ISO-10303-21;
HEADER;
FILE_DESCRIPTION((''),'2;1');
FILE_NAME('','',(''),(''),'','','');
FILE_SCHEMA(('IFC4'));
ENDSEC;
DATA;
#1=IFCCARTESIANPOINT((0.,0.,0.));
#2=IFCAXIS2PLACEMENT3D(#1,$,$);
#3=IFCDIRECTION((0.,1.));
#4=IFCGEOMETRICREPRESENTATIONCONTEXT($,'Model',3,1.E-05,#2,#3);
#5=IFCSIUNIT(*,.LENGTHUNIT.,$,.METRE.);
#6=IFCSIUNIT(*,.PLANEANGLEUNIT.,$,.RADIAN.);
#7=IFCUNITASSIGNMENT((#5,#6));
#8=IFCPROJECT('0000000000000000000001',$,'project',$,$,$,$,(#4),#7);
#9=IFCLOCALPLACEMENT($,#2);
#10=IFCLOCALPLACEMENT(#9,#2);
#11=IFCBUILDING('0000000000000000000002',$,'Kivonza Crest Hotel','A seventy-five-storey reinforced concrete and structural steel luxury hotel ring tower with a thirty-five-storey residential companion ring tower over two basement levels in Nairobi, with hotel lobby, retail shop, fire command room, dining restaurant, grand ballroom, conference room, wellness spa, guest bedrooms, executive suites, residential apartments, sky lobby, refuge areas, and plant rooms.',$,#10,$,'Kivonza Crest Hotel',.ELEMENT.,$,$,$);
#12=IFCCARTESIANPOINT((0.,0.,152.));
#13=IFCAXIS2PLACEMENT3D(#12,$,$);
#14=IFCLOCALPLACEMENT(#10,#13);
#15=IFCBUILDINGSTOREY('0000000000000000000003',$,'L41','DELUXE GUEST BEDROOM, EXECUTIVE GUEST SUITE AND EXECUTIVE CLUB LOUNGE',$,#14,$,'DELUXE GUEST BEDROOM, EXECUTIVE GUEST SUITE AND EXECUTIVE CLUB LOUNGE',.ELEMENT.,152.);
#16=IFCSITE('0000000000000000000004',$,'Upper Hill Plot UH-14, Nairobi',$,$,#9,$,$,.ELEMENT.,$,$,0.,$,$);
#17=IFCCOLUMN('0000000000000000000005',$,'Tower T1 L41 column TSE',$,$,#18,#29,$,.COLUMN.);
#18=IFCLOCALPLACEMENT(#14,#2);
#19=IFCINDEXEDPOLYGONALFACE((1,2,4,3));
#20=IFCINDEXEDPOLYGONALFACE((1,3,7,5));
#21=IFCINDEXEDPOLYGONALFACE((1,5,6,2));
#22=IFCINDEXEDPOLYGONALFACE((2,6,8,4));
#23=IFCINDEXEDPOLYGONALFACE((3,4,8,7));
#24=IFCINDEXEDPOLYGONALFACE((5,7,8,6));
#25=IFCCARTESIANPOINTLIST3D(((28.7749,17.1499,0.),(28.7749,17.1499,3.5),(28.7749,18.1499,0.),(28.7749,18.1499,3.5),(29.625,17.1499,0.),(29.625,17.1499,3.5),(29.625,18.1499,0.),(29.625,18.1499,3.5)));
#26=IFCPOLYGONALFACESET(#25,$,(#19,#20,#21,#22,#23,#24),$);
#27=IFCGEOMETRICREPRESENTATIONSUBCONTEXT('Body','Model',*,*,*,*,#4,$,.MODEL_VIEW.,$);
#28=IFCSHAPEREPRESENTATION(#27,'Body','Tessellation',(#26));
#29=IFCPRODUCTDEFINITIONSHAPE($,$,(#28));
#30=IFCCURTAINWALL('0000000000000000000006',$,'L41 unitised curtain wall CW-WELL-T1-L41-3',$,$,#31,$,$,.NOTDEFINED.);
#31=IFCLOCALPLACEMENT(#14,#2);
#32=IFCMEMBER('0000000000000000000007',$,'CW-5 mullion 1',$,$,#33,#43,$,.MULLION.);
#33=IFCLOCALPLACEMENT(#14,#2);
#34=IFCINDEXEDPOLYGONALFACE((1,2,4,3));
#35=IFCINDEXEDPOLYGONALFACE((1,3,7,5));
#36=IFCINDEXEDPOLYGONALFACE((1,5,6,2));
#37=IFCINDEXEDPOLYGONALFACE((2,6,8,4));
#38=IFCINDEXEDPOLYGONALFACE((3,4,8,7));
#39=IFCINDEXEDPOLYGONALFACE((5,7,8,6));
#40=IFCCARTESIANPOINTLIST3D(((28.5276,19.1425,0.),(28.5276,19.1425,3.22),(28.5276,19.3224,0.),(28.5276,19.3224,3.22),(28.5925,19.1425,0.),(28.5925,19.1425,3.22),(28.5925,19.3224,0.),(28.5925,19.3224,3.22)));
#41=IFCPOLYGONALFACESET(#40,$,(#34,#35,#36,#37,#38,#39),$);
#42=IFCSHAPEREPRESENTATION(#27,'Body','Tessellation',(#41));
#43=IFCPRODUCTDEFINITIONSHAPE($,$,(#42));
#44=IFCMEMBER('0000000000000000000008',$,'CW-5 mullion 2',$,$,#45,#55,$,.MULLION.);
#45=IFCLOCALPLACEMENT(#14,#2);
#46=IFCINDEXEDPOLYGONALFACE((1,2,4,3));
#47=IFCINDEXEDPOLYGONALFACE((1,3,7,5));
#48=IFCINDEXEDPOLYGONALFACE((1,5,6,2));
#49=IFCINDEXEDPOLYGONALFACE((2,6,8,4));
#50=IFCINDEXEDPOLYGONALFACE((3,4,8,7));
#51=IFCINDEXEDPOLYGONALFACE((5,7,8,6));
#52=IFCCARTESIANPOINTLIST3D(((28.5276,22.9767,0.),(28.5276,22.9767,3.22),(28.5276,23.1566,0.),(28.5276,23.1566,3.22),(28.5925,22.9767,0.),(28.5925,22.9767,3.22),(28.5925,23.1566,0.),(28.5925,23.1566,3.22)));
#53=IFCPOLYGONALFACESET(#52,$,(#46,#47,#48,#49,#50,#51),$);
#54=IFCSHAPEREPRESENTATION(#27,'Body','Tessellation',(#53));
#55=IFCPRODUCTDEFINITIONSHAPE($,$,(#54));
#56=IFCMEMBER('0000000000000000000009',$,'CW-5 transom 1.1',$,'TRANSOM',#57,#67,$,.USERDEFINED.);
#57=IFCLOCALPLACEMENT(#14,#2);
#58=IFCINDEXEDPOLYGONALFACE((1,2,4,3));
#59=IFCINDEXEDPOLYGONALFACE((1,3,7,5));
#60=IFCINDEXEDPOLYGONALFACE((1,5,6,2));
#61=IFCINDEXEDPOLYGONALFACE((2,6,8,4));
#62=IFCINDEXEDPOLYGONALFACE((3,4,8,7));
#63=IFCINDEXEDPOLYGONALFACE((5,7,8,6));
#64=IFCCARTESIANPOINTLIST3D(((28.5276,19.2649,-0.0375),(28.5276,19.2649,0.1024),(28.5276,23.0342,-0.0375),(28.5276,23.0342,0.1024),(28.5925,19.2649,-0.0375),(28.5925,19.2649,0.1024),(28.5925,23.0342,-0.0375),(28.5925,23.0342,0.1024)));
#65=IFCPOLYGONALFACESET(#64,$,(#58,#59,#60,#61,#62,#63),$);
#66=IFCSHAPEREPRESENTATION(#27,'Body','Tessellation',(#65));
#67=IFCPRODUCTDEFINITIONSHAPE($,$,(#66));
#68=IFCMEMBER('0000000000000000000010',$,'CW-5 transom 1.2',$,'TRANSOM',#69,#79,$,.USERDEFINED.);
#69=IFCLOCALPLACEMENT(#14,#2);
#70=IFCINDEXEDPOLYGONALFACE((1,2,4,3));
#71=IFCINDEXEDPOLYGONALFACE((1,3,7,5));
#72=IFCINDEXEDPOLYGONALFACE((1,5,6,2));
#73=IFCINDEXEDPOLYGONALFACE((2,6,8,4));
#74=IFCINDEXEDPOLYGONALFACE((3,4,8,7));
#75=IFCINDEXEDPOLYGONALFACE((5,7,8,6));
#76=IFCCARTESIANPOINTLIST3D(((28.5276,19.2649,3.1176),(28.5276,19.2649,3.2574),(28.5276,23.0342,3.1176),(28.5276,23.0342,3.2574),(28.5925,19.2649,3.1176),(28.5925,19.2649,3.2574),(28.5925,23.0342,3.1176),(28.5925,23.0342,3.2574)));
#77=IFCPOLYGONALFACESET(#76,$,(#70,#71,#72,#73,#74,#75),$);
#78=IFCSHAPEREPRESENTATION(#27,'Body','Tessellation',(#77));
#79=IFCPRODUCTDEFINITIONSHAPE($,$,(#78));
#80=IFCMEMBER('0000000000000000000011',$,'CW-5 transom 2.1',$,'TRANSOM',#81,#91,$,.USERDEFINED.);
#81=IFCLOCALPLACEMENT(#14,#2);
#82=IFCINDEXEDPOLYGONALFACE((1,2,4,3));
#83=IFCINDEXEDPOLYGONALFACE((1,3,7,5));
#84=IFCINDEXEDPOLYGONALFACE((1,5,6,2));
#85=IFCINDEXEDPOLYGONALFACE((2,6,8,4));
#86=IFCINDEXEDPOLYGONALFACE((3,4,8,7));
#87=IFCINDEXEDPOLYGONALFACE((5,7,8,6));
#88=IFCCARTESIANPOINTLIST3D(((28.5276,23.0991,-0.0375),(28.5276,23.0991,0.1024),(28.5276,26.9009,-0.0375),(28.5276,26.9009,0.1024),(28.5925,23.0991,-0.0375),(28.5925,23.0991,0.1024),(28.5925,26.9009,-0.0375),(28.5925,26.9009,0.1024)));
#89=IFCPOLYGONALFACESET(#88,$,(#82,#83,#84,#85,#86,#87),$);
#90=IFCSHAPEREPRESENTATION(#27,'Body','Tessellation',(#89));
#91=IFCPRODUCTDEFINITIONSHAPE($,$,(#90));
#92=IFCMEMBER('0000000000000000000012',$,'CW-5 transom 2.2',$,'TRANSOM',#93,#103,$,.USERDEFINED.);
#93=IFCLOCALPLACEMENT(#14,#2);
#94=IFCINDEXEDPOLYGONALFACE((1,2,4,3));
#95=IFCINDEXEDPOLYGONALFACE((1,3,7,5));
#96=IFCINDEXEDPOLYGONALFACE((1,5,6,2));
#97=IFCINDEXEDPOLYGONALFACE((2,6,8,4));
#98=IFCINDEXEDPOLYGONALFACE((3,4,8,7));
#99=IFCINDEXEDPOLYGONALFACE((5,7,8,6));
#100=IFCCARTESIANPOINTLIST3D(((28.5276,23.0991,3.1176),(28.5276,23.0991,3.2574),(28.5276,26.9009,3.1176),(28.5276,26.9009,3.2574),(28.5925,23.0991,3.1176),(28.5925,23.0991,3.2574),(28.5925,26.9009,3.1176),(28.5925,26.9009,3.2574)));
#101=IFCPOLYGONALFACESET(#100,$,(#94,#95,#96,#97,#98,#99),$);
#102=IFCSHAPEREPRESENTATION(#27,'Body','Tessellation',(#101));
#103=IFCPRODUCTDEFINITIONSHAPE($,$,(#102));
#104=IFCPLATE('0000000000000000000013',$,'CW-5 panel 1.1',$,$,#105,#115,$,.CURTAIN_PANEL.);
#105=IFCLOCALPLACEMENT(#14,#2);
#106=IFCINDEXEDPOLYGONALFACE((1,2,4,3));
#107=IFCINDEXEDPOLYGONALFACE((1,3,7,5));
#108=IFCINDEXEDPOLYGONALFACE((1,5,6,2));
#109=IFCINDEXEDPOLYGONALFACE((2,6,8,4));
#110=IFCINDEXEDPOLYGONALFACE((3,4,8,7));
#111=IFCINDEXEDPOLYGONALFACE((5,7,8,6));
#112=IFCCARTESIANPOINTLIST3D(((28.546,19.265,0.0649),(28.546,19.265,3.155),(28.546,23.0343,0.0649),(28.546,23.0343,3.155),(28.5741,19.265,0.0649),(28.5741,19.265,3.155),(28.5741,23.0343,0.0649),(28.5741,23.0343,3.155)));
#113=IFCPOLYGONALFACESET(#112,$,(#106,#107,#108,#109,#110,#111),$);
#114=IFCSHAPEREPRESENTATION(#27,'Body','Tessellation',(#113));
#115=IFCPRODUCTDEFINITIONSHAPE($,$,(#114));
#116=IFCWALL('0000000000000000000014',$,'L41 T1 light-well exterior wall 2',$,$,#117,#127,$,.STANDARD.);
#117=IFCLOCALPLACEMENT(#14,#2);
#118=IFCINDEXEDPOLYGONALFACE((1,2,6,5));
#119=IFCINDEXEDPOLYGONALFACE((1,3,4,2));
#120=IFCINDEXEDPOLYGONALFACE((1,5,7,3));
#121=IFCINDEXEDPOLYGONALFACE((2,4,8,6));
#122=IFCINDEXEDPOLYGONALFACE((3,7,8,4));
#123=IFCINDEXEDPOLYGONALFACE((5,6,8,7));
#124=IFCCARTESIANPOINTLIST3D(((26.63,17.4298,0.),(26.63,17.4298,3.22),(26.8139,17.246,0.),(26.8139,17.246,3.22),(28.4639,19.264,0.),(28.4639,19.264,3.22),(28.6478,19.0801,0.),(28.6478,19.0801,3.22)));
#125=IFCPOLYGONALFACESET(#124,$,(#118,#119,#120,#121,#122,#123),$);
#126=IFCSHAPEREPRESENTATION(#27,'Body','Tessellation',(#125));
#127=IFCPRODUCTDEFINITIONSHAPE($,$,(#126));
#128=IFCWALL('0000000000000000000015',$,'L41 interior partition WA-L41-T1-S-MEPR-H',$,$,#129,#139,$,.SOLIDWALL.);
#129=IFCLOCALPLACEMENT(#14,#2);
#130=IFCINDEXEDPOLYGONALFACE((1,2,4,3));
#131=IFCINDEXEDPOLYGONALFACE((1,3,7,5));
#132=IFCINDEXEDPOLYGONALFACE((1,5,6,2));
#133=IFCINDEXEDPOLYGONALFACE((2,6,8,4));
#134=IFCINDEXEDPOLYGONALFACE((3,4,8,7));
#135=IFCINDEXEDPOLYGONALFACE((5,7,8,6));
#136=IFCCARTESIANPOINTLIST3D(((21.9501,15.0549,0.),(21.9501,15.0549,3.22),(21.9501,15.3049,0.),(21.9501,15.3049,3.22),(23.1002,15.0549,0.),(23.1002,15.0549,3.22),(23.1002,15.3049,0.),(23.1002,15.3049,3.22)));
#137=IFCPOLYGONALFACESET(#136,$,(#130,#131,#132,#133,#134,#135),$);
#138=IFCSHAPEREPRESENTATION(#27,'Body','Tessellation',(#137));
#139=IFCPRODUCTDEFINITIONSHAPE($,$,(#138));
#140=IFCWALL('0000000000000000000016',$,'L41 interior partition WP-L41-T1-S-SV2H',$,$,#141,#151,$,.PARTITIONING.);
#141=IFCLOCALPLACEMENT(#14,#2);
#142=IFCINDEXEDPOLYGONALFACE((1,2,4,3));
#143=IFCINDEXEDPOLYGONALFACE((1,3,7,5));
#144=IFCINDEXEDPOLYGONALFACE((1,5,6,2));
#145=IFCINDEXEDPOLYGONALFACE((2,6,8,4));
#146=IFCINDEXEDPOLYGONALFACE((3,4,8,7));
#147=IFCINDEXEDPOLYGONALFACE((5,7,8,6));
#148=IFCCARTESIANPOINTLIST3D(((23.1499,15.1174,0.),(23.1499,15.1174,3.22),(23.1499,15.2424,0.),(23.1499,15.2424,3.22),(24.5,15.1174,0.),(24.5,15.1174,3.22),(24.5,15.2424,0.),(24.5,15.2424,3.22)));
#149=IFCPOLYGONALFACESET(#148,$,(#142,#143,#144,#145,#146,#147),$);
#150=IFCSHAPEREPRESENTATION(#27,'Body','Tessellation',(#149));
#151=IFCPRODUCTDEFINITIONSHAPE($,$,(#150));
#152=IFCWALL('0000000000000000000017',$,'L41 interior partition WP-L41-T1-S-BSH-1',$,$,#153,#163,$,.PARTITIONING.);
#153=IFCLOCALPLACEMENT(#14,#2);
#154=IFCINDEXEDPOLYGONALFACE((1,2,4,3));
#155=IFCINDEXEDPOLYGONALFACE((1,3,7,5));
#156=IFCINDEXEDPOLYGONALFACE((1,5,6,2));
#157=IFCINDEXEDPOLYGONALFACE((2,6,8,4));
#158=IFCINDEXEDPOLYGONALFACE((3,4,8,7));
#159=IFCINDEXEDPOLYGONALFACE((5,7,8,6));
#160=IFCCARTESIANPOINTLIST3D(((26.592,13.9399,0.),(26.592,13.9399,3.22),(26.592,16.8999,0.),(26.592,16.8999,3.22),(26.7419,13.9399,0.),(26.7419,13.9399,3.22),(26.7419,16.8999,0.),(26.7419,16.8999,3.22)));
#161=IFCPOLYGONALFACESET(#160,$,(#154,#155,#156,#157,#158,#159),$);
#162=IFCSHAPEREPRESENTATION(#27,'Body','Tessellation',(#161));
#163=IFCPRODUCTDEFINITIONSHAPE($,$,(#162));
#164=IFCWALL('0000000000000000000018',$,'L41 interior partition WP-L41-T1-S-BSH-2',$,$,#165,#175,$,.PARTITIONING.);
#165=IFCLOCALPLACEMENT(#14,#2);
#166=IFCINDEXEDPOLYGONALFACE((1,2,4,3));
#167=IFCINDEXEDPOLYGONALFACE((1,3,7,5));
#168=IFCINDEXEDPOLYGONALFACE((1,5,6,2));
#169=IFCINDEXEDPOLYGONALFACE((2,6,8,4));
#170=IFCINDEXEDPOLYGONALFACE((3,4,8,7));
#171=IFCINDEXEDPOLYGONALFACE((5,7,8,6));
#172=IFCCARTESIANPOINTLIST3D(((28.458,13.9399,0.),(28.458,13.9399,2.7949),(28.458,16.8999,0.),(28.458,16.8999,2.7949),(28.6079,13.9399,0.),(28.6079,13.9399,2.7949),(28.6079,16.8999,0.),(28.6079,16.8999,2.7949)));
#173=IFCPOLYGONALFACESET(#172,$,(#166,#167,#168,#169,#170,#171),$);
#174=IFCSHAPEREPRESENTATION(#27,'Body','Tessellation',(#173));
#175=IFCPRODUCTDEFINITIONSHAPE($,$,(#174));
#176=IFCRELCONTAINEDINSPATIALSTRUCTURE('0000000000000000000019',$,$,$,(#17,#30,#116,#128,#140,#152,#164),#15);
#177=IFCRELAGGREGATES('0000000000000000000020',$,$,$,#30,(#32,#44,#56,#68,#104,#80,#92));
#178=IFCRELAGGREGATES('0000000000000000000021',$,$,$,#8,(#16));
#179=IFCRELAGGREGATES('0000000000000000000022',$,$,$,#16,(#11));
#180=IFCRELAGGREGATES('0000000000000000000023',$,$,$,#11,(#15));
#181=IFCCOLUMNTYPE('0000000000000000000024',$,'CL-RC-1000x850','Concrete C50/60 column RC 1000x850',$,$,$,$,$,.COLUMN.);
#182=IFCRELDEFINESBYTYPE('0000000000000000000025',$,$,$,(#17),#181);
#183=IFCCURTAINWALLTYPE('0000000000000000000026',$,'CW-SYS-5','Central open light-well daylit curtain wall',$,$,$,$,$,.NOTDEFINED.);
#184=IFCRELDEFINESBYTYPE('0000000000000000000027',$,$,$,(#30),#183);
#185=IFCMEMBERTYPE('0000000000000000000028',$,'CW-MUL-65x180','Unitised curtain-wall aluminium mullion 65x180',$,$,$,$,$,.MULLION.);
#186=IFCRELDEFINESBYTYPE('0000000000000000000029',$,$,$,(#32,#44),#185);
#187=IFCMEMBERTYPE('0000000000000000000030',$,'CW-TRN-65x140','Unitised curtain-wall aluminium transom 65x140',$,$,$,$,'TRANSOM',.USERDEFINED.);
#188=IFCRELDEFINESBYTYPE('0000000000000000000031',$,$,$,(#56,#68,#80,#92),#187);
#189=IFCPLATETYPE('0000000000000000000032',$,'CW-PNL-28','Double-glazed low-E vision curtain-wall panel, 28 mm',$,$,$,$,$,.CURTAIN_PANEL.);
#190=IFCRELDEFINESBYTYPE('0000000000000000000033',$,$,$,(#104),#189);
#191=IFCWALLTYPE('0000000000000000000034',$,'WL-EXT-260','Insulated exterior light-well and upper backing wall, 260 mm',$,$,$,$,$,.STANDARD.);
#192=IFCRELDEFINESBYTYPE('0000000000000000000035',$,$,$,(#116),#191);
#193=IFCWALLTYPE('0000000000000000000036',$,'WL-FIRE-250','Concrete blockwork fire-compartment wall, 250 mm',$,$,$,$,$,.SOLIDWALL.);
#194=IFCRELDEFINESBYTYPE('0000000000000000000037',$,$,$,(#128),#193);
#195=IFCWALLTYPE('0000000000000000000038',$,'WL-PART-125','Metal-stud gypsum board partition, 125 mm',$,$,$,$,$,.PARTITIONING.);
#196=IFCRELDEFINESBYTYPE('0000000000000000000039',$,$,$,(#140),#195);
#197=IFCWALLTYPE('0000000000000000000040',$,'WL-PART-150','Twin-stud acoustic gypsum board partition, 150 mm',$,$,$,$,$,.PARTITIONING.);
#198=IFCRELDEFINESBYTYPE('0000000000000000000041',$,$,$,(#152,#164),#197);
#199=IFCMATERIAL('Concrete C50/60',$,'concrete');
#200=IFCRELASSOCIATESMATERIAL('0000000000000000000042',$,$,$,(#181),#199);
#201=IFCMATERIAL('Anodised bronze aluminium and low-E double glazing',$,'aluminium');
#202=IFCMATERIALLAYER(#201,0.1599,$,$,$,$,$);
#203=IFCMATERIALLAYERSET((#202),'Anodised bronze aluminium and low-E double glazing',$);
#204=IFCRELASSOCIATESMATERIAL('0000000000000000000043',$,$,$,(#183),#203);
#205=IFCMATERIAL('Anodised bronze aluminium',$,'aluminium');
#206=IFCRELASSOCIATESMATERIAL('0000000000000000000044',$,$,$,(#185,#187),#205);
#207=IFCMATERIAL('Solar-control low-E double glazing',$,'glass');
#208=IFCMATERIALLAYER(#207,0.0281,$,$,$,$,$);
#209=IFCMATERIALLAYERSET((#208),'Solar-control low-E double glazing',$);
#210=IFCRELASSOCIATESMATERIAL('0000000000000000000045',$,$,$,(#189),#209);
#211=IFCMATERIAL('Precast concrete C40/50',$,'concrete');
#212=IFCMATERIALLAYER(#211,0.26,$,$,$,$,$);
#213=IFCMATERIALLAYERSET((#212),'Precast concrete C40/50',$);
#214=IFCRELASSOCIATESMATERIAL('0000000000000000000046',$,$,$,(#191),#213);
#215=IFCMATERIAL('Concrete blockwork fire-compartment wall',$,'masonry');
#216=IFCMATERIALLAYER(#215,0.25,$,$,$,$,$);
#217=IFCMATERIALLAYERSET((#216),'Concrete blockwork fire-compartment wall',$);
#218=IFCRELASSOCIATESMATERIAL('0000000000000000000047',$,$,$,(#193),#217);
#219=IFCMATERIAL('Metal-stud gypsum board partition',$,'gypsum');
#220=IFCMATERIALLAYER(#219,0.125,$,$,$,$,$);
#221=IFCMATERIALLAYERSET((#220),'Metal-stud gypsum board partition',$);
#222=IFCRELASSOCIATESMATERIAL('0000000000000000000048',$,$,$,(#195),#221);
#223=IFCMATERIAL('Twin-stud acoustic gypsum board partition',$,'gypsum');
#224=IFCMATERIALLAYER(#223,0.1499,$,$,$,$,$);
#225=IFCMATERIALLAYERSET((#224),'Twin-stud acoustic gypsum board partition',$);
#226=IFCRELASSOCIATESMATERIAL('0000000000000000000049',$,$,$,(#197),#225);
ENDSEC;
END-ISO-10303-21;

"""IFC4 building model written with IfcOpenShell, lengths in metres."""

from ifc_helpers import new_model, si_unit, direction, frame, frame_2d, origin, origin_2d, place, context, subcontext, project, spatial, rectangle, extrude, material, layer, layer_set, material_profile, profile_set, type_object, element, aggregate, save


model = new_model("IFC4")

# Units and contexts
model_context = context("Model", 3, precision=1e-05, world=origin(), true_north=direction((0.0, 1.0)))
body_context = subcontext(model_context, "Body", "Model", "MODEL_VIEW")
ifc_project = project(units=[si_unit("LENGTHUNIT", "METRE"), si_unit("PLANEANGLEUNIT", "RADIAN")], contexts=[model_context])

# Site, building, storey
site_placement = place(None, origin())
site = spatial("IfcSite", under=ifc_project, at=site_placement, Name="Upper Hill Plot UH-14, Nairobi", CompositionType="ELEMENT", RefElevation=0.0)
building_placement = place(site_placement, origin())
building = spatial("IfcBuilding", under=site, at=building_placement, Name="Kivonza Crest Hotel", Description="A seventy-five-storey reinforced concrete and structural steel luxury hotel ring tower with a thirty-five-storey residential companion ring tower over two basement levels in Nairobi, with hotel lobby, retail shop, fire command room, dining restaurant, grand ballroom, conference room, wellness spa, guest bedrooms, executive suites, residential apartments, sky lobby, refuge areas, and plant rooms.", LongName="Kivonza Crest Hotel", CompositionType="ELEMENT")
storey_placement = place(building_placement, frame((0.0, 0.0, 152.0)))
storey = spatial("IfcBuildingStorey", under=building, at=storey_placement, Name="L41", Description="DELUXE GUEST BEDROOM, EXECUTIVE GUEST SUITE AND EXECUTIVE CLUB LOUNGE", LongName="DELUXE GUEST BEDROOM, EXECUTIVE GUEST SUITE AND EXECUTIVE CLUB LOUNGE", CompositionType="ELEMENT", Elevation=152.0)

# Column
ifc_material_1 = material(Name="Concrete C50/60", Category="concrete")
ifc_material_profile_1 = material_profile(ifc_material_1, rectangle(XDim=0.8501, YDim=1.0, at=origin_2d()), Name="RC 1000x850")
ifc_profile_set_1 = profile_set([ifc_material_profile_1], Name="Concrete C50/60")
column_type = type_object("IfcColumnType", Name="CL-RC-1000x850", Description="Concrete C50/60 column RC 1000x850", PredefinedType="COLUMN", material=ifc_profile_set_1)
column_placement = place(storey_placement, frame((29.2, 17.6499, 0.0), z_axis=(0.0, 0.0, 1.0), x_axis=(1.0, 0.0, 0.0)))
element("IfcColumn", 1, at=column_placement, inside=storey, type_object=column_type, Name="Tower T1 L41 column TSE", PredefinedType="COLUMN", context=body_context, shape_type="SweptSolid", body=[
    extrude(rectangle(XDim=0.8501, YDim=1.0, at=origin_2d()), origin(), (0.0, 0.0, 1.0), 3.5),
])

# Curtain wall, members, plate
ifc_material_2 = material(Name="Anodised bronze aluminium and low-E double glazing", Category="aluminium")
ifc_layer_1 = layer(ifc_material_2, 0.1599)
ifc_layer_set_1 = layer_set([ifc_layer_1], Name="Anodised bronze aluminium and low-E double glazing")
curtain_wall_type = type_object("IfcCurtainWallType", Name="CW-SYS-5", Description="Central open light-well daylit curtain wall", PredefinedType="NOTDEFINED", material=ifc_layer_set_1)
curtain_wall_placement = place(storey_placement, origin())
curtain_wall = element("IfcCurtainWall", 2, at=curtain_wall_placement, inside=storey, type_object=curtain_wall_type, Name="L41 unitised curtain wall CW-WELL-T1-L41-3", PredefinedType="NOTDEFINED")
ifc_material_3 = material(Name="Anodised bronze aluminium", Category="aluminium")
ifc_material_profile_2 = material_profile(ifc_material_3, rectangle(XDim=0.0649, YDim=0.1799, at=origin_2d()), Name="CW-M 65x180")
ifc_profile_set_2 = profile_set([ifc_material_profile_2], Name="Anodised bronze aluminium")
member_type_1 = type_object("IfcMemberType", Name="CW-MUL-65x180", Description="Unitised curtain-wall aluminium mullion 65x180", PredefinedType="MULLION", material=ifc_profile_set_2)
member_1_placement = place(storey_placement, frame((28.5601, 19.2324, 0.0), z_axis=(0.0, 0.0, 1.0), x_axis=(-1.0, 0.0, 0.0)))
member_1 = element("IfcMember", 3, at=member_1_placement, type_object=member_type_1, Name="CW-5 mullion 1", PredefinedType="MULLION", context=body_context, shape_type="SweptSolid", body=[
    extrude(rectangle(XDim=0.0649, YDim=0.1799, at=origin_2d()), origin(), (0.0, 0.0, 1.0), 3.22),
])
member_2_placement = place(storey_placement, frame((28.5601, 23.0667, 0.0), z_axis=(0.0, 0.0, 1.0), x_axis=(-1.0, 0.0, 0.0)))
member_2 = element("IfcMember", 4, at=member_2_placement, type_object=member_type_1, Name="CW-5 mullion 2", PredefinedType="MULLION", context=body_context, shape_type="SweptSolid", body=[
    extrude(rectangle(XDim=0.0649, YDim=0.1799, at=origin_2d()), origin(), (0.0, 0.0, 1.0), 3.22),
])
ifc_material_profile_3 = material_profile(ifc_material_3, rectangle(XDim=0.0649, YDim=0.1399, at=origin_2d()), Name="CW-T 65x140")
ifc_profile_set_3 = profile_set([ifc_material_profile_3], Name="Anodised bronze aluminium")
member_type_2 = type_object("IfcMemberType", Name="CW-TRN-65x140", Description="Unitised curtain-wall aluminium transom 65x140", ElementType="TRANSOM", PredefinedType="USERDEFINED", material=ifc_profile_set_3)
member_3_placement = place(storey_placement, frame((28.5601, 19.2649, 0.0325), z_axis=(0.0, 1.0, 0.0), x_axis=(-1.0, 0.0, 0.0)))
member_3 = element("IfcMember", 5, at=member_3_placement, type_object=member_type_2, Name="CW-5 transom 1.1", ObjectType="TRANSOM", PredefinedType="USERDEFINED", context=body_context, shape_type="SweptSolid", body=[
    extrude(rectangle(XDim=0.0649, YDim=0.1399, at=origin_2d()), origin(), (0.0, 0.0, 1.0), 3.7693),
])
member_4_placement = place(storey_placement, frame((28.5601, 19.2649, 3.1875), z_axis=(0.0, 1.0, 0.0), x_axis=(-1.0, 0.0, 0.0)))
member_4 = element("IfcMember", 6, at=member_4_placement, type_object=member_type_2, Name="CW-5 transom 1.2", ObjectType="TRANSOM", PredefinedType="USERDEFINED", context=body_context, shape_type="SweptSolid", body=[
    extrude(rectangle(XDim=0.0649, YDim=0.1399, at=origin_2d()), origin(), (0.0, 0.0, 1.0), 3.7693),
])
member_5_placement = place(storey_placement, frame((28.5601, 23.0991, 0.0325), z_axis=(0.0, 1.0, 0.0), x_axis=(-1.0, 0.0, 0.0)))
member_5 = element("IfcMember", 7, at=member_5_placement, type_object=member_type_2, Name="CW-5 transom 2.1", ObjectType="TRANSOM", PredefinedType="USERDEFINED", context=body_context, shape_type="SweptSolid", body=[
    extrude(rectangle(XDim=0.0649, YDim=0.1399, at=origin_2d()), origin(), (0.0, 0.0, 1.0), 3.8018),
])
member_6_placement = place(storey_placement, frame((28.5601, 23.0991, 3.1875), z_axis=(0.0, 1.0, 0.0), x_axis=(-1.0, 0.0, 0.0)))
member_6 = element("IfcMember", 8, at=member_6_placement, type_object=member_type_2, Name="CW-5 transom 2.2", ObjectType="TRANSOM", PredefinedType="USERDEFINED", context=body_context, shape_type="SweptSolid", body=[
    extrude(rectangle(XDim=0.0649, YDim=0.1399, at=origin_2d()), origin(), (0.0, 0.0, 1.0), 3.8018),
])
ifc_material_4 = material(Name="Solar-control low-E double glazing", Category="glass")
ifc_layer_2 = layer(ifc_material_4, 0.0281)
ifc_layer_set_2 = layer_set([ifc_layer_2], Name="Solar-control low-E double glazing")
plate_type = type_object("IfcPlateType", Name="CW-PNL-28", Description="Double-glazed low-E vision curtain-wall panel, 28 mm", PredefinedType="CURTAIN_PANEL", material=ifc_layer_set_2)
plate_placement = place(storey_placement, frame((28.5601, 21.1497, 0.0649), z_axis=(0.0, 0.0, 1.0), x_axis=(0.0, 1.0, 0.0)))
plate = element("IfcPlate", 9, at=plate_placement, type_object=plate_type, Name="CW-5 panel 1.1", PredefinedType="CURTAIN_PANEL", context=body_context, shape_type="SweptSolid", body=[
    extrude(rectangle(XDim=3.7693, YDim=0.0281, at=origin_2d()), origin(), (0.0, 0.0, 1.0), 3.0901),
])
aggregate(curtain_wall, [member_1, member_2, member_3, member_4, plate, member_5, member_6])

# Walls
ifc_material_5 = material(Name="Precast concrete C40/50", Category="concrete")
ifc_layer_3 = layer(ifc_material_5, 0.26)
ifc_layer_set_3 = layer_set([ifc_layer_3], Name="Precast concrete C40/50")
wall_type_1 = type_object("IfcWallType", Name="WL-EXT-260", Description="Insulated exterior light-well and upper backing wall, 260 mm", PredefinedType="STANDARD", material=ifc_layer_set_3)
wall_1_placement = place(storey_placement, frame((26.7219, 17.3379, 0.0), z_axis=(0.0, 0.0, 1.0), x_axis=(0.70706, 0.707154, 0.0)))
element("IfcWall", 10, at=wall_1_placement, inside=storey, type_object=wall_type_1, Name="L41 T1 light-well exterior wall 2", PredefinedType="STANDARD", context=body_context, shape_type="SweptSolid", body=[
    extrude(rectangle(XDim=2.5938, YDim=0.26, at=frame_2d((1.2969, 0.0))), origin(), (0.0, 0.0, 1.0), 3.22),
])
ifc_material_6 = material(Name="Concrete blockwork fire-compartment wall", Category="masonry")
ifc_layer_4 = layer(ifc_material_6, 0.25)
ifc_layer_set_4 = layer_set([ifc_layer_4], Name="Concrete blockwork fire-compartment wall")
wall_type_2 = type_object("IfcWallType", Name="WL-FIRE-250", Description="Concrete blockwork fire-compartment wall, 250 mm", PredefinedType="SOLIDWALL", material=ifc_layer_set_4)
wall_2_placement = place(storey_placement, frame((21.95, 15.1799, 0.0), z_axis=(0.0, 0.0, 1.0), x_axis=(1.0, 0.0, 0.0)))
element("IfcWall", 11, at=wall_2_placement, inside=storey, type_object=wall_type_2, Name="L41 interior partition WA-L41-T1-S-MEPR-H", PredefinedType="SOLIDWALL", context=body_context, shape_type="SweptSolid", body=[
    extrude(rectangle(XDim=1.1501, YDim=0.25, at=frame_2d((0.5752, 0.0))), origin(), (0.0, 0.0, 1.0), 3.22),
])
ifc_material_7 = material(Name="Metal-stud gypsum board partition", Category="gypsum")
ifc_layer_5 = layer(ifc_material_7, 0.125)
ifc_layer_set_5 = layer_set([ifc_layer_5], Name="Metal-stud gypsum board partition")
wall_type_3 = type_object("IfcWallType", Name="WL-PART-125", Description="Metal-stud gypsum board partition, 125 mm", PredefinedType="PARTITIONING", material=ifc_layer_set_5)
wall_3_placement = place(storey_placement, frame((23.1499, 15.1799, 0.0), z_axis=(0.0, 0.0, 1.0), x_axis=(1.0, 0.0, 0.0)))
element("IfcWall", 12, at=wall_3_placement, inside=storey, type_object=wall_type_3, Name="L41 interior partition WP-L41-T1-S-SV2H", PredefinedType="PARTITIONING", context=body_context, shape_type="SweptSolid", body=[
    extrude(rectangle(XDim=1.3501, YDim=0.125, at=frame_2d((0.675, 0.0))), origin(), (0.0, 0.0, 1.0), 3.22),
])
ifc_material_8 = material(Name="Twin-stud acoustic gypsum board partition", Category="gypsum")
ifc_layer_6 = layer(ifc_material_8, 0.1499)
ifc_layer_set_6 = layer_set([ifc_layer_6], Name="Twin-stud acoustic gypsum board partition")
wall_type_4 = type_object("IfcWallType", Name="WL-PART-150", Description="Twin-stud acoustic gypsum board partition, 150 mm", PredefinedType="PARTITIONING", material=ifc_layer_set_6)
wall_4_placement = place(storey_placement, frame((26.667, 13.9399, 0.0), z_axis=(0.0, 0.0, 1.0), x_axis=(0.0, 1.0, 0.0)))
element("IfcWall", 13, at=wall_4_placement, inside=storey, type_object=wall_type_4, Name="L41 interior partition WP-L41-T1-S-BSH-1", PredefinedType="PARTITIONING", context=body_context, shape_type="SweptSolid", body=[
    extrude(rectangle(XDim=2.96, YDim=0.1499, at=frame_2d((1.48, 0.0))), origin(), (0.0, 0.0, 1.0), 3.22),
])
wall_5_placement = place(storey_placement, frame((28.533, 13.9399, 0.0), z_axis=(0.0, 0.0, 1.0), x_axis=(0.0, 1.0, 0.0)))
element("IfcWall", 14, at=wall_5_placement, inside=storey, type_object=wall_type_4, Name="L41 interior partition WP-L41-T1-S-BSH-2", PredefinedType="PARTITIONING", context=body_context, shape_type="SweptSolid", body=[
    extrude(rectangle(XDim=2.96, YDim=0.1499, at=frame_2d((1.48, 0.0))), origin(), (0.0, 0.0, 1.0), 2.7949),
])

save(model, "model.ifc")
